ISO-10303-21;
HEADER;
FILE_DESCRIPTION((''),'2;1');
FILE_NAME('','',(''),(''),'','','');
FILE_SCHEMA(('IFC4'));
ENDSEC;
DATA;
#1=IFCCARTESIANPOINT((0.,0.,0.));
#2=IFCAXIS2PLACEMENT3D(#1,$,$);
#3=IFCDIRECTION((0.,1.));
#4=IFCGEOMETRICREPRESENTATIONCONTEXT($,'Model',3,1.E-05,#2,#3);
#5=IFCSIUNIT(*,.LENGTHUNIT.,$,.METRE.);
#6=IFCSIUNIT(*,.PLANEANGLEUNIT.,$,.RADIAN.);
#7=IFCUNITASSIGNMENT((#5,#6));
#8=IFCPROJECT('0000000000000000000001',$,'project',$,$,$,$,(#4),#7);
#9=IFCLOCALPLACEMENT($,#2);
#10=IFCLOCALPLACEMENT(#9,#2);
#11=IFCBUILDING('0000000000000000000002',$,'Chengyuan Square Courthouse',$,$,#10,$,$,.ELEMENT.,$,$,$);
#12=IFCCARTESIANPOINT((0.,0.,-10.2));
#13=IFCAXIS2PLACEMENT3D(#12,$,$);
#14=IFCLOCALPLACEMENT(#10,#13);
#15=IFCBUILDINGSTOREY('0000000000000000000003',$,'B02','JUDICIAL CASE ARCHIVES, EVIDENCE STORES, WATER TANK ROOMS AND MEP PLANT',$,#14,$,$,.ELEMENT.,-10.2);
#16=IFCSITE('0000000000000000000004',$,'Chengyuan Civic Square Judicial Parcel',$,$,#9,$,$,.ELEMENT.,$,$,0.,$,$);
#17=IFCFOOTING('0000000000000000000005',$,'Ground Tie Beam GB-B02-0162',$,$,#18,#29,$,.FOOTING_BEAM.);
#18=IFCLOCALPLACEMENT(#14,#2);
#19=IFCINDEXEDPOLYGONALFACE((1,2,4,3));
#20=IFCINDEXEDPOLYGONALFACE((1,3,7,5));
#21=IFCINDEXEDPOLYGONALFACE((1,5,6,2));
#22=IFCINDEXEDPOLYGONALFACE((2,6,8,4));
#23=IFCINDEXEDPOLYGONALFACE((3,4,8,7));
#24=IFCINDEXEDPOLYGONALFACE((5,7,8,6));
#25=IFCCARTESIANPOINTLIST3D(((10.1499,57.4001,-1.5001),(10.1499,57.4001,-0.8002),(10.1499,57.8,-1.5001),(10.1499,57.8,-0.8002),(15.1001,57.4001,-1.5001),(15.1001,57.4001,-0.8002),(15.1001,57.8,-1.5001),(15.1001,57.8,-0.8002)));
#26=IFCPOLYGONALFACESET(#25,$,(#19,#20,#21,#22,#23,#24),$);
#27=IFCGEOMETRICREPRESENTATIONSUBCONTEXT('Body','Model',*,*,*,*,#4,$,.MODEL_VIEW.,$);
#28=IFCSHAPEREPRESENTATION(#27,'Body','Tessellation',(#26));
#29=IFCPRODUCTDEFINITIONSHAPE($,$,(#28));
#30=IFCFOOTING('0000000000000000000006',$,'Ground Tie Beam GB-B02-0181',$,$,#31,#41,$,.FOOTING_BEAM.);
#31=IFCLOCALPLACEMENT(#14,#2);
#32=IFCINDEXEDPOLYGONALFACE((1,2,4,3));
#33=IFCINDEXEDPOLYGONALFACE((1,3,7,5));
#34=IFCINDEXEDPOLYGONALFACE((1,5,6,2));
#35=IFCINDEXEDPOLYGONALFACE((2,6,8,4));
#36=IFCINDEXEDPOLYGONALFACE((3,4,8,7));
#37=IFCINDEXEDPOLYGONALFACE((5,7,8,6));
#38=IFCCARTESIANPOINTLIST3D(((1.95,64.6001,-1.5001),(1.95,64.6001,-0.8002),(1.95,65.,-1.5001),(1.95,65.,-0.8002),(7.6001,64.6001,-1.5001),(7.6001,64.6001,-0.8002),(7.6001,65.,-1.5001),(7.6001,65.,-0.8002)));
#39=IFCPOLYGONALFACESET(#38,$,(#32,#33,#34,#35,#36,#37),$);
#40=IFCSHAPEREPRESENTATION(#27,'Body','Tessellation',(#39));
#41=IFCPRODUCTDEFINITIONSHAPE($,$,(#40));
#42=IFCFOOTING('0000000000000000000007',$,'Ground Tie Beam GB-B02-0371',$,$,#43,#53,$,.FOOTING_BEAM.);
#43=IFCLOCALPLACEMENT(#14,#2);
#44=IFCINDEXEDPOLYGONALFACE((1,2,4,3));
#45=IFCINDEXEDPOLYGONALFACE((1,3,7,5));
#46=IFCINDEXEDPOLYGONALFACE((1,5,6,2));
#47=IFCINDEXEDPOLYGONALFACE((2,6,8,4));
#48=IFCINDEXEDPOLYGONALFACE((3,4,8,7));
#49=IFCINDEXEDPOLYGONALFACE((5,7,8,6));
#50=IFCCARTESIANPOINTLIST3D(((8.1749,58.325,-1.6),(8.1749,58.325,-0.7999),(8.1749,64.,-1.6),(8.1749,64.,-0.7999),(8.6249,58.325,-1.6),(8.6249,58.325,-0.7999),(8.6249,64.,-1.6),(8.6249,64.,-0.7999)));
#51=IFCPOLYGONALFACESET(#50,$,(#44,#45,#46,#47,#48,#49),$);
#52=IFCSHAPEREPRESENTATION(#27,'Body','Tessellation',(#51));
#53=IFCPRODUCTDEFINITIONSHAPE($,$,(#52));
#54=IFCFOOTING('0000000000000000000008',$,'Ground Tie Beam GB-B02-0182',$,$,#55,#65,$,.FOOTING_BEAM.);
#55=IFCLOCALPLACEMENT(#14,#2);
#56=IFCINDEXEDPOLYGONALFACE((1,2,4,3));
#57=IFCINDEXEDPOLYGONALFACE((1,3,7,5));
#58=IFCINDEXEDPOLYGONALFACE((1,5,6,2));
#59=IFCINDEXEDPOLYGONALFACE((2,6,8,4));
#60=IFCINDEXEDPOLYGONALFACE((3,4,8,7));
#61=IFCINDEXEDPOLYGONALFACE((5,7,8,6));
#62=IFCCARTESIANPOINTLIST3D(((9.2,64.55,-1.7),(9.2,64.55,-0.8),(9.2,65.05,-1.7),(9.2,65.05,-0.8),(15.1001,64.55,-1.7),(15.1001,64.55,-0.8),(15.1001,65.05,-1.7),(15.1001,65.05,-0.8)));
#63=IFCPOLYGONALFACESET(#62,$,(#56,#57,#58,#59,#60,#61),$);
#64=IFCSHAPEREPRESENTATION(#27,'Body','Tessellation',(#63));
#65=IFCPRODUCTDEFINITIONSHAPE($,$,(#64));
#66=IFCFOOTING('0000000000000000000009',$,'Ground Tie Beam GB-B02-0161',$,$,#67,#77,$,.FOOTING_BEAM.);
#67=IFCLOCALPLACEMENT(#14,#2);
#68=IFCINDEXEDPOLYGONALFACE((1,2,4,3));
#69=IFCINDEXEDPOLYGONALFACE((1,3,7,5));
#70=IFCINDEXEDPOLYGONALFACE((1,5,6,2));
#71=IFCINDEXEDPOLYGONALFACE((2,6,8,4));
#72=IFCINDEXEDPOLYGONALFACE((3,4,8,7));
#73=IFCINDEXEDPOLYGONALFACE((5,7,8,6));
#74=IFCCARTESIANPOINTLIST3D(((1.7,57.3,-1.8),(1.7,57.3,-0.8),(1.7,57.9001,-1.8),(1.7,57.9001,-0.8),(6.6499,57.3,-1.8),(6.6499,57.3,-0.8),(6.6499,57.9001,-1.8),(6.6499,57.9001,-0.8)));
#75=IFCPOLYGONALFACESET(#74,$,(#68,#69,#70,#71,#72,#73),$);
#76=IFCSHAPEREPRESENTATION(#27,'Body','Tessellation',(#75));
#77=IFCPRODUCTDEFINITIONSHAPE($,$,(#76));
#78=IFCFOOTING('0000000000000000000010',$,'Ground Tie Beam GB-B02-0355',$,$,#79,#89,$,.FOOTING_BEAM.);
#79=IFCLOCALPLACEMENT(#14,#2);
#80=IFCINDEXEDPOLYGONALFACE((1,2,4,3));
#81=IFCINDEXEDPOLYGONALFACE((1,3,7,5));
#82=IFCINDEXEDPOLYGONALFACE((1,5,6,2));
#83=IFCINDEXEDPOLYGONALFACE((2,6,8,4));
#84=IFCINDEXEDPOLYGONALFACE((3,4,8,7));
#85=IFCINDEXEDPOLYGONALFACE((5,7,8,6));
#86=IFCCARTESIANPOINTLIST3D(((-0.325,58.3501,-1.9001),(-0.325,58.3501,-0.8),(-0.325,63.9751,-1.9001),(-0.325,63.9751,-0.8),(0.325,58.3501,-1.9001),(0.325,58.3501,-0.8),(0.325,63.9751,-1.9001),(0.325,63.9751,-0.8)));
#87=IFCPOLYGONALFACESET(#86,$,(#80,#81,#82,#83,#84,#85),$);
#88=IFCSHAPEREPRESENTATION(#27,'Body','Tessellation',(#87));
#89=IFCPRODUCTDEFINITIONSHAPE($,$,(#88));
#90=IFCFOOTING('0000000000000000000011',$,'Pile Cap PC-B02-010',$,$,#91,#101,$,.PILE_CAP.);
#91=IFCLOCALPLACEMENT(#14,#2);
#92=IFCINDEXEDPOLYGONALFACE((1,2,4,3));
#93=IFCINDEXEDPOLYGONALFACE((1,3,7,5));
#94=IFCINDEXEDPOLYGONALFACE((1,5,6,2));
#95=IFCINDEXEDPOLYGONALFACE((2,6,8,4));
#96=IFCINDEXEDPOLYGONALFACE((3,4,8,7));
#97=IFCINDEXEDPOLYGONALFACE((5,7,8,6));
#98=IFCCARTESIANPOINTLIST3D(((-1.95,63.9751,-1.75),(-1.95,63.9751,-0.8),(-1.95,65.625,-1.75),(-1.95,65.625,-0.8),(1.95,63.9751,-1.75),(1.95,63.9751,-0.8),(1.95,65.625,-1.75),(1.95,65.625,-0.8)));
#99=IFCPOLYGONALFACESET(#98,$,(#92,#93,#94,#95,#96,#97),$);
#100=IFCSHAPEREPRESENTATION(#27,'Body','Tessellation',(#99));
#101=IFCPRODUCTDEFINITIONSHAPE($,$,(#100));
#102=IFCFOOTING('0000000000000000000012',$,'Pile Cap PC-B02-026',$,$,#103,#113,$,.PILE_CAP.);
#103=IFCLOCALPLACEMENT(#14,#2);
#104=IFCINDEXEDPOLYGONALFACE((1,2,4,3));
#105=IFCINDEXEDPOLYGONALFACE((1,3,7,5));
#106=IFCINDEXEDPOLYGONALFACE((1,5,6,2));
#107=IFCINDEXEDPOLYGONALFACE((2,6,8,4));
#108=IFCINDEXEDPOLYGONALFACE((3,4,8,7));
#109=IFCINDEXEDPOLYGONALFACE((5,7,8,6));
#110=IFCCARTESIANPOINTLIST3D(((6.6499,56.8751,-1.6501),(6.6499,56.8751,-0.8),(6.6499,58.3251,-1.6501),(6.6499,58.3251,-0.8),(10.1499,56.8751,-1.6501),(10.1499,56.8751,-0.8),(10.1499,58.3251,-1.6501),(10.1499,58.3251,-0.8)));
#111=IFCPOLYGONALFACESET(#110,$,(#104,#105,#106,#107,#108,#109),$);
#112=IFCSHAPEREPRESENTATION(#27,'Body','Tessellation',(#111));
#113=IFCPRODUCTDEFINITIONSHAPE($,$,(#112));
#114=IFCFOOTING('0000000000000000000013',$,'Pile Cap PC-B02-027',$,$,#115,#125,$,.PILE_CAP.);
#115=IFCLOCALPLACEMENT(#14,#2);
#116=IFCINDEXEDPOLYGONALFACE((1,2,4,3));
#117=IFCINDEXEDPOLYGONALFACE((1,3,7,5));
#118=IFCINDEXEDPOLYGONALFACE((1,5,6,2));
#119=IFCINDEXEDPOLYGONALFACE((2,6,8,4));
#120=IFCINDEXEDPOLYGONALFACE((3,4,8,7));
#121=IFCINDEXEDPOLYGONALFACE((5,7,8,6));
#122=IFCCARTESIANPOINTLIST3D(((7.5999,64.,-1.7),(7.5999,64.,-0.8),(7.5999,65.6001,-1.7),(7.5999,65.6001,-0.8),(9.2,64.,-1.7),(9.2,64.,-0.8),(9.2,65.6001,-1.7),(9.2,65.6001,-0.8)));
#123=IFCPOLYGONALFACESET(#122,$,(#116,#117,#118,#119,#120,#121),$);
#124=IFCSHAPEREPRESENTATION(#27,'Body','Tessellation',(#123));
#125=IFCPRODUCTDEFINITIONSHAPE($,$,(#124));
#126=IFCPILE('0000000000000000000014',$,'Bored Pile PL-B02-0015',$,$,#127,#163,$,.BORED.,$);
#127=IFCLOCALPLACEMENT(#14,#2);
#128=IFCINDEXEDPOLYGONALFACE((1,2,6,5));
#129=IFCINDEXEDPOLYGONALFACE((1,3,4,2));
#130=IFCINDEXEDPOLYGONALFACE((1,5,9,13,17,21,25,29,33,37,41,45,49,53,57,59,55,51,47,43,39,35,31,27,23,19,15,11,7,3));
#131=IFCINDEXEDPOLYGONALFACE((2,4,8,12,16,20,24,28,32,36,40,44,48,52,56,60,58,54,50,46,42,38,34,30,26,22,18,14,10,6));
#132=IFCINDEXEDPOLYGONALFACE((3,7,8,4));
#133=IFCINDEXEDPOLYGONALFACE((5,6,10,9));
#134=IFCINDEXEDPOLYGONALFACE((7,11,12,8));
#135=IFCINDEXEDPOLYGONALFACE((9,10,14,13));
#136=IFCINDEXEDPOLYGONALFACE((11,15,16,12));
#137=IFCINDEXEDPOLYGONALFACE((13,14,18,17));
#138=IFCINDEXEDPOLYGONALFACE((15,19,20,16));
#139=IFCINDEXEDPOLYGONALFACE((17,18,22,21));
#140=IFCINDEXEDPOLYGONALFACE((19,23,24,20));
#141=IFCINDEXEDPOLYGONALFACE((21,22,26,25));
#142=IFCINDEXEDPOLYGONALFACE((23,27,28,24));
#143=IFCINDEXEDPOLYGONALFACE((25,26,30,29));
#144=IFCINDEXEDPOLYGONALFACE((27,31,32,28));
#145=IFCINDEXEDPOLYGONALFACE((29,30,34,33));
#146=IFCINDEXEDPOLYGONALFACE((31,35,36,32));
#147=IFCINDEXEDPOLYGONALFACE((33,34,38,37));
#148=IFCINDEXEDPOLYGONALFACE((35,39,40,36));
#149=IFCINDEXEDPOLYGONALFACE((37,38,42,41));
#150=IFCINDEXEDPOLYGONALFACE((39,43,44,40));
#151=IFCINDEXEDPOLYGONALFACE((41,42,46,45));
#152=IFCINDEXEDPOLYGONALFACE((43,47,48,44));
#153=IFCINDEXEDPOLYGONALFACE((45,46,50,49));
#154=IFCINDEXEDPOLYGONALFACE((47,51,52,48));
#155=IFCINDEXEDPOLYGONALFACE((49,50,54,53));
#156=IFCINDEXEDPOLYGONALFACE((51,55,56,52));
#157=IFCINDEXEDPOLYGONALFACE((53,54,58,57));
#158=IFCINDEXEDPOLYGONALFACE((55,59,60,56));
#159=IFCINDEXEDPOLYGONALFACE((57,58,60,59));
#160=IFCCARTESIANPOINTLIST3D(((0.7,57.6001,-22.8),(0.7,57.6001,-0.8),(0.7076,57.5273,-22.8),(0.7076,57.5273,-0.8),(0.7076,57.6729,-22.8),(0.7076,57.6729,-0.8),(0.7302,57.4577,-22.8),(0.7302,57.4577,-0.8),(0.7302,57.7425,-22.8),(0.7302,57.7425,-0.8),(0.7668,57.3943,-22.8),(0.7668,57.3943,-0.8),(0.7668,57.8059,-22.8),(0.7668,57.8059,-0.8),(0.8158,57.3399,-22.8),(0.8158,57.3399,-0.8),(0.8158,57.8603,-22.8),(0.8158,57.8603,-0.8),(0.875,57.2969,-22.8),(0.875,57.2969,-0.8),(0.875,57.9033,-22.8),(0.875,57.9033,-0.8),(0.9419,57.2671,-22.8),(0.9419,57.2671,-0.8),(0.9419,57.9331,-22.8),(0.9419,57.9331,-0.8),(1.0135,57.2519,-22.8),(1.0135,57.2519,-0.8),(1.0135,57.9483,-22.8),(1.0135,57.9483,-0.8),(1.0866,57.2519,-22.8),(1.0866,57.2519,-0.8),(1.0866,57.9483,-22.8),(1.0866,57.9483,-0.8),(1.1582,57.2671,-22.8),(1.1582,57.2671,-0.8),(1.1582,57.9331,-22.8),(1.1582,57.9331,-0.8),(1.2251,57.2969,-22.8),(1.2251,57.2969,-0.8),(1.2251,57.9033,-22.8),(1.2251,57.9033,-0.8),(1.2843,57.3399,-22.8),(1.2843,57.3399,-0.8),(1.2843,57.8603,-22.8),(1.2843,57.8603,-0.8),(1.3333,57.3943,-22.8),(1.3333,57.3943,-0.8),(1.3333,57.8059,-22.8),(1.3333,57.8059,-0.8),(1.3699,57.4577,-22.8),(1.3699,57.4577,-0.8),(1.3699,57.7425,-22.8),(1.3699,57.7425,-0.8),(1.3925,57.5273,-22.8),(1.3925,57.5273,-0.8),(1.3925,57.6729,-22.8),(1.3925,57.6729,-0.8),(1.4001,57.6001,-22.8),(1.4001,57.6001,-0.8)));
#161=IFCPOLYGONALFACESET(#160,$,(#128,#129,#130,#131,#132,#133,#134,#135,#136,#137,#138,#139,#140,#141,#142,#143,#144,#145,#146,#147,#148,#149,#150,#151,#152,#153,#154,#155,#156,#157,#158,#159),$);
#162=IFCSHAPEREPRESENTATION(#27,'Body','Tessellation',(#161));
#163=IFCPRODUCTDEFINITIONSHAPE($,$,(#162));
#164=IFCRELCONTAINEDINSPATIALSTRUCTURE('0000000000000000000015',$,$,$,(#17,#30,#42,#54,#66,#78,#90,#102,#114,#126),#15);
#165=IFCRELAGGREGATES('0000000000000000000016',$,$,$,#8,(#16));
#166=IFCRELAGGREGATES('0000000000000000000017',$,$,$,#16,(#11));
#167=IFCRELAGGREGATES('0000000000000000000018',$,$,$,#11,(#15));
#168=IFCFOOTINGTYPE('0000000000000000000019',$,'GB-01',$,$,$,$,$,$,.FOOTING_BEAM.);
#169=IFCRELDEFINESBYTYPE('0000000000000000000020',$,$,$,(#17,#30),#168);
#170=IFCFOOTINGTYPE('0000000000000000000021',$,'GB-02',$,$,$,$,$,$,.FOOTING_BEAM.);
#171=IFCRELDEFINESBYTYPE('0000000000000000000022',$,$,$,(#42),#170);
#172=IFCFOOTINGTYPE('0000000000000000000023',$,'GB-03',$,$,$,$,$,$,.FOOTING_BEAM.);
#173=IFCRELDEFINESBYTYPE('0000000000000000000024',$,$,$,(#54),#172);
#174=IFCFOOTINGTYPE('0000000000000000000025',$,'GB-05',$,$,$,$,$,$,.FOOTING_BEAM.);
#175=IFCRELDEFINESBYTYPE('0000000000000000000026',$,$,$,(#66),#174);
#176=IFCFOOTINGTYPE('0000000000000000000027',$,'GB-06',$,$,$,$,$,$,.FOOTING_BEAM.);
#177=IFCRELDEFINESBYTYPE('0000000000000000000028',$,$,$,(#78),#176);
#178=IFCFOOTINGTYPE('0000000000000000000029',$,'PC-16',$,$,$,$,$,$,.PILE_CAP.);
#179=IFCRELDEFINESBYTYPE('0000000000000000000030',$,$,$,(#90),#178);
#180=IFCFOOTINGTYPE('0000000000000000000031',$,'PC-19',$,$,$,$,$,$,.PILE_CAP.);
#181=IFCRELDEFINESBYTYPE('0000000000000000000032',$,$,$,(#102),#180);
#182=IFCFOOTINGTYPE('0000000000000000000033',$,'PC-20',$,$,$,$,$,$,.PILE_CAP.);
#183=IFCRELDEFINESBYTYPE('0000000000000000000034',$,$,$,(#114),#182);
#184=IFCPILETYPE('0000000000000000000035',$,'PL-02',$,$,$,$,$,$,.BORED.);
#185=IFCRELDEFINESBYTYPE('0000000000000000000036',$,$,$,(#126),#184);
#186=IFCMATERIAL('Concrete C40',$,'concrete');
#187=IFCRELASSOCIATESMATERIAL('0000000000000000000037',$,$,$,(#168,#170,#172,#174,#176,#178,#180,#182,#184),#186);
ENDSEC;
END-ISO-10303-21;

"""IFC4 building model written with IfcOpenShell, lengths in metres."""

from ifc_helpers import new_model, si_unit, direction, frame, origin, origin_2d, place, context, subcontext, project, spatial, rectangle, circle, extrude, material, material_profile, profile_set, type_object, element, save


model = new_model("IFC4")

# Units and contexts
model_context = context("Model", 3, precision=1e-05, world=origin(), true_north=direction((0.0, 1.0)))
body_context = subcontext(model_context, "Body", "Model", "MODEL_VIEW")
ifc_project = project(units=[si_unit("LENGTHUNIT", "METRE"), si_unit("PLANEANGLEUNIT", "RADIAN")], contexts=[model_context])

# Site, building, storey
site_placement = place(None, origin())
site = spatial("IfcSite", under=ifc_project, at=site_placement, Name="Chengyuan Civic Square Judicial Parcel", CompositionType="ELEMENT", RefElevation=0.0)
building_placement = place(site_placement, origin())
building = spatial("IfcBuilding", under=site, at=building_placement, Name="Chengyuan Square Courthouse", CompositionType="ELEMENT")
storey_placement = place(building_placement, frame((0.0, 0.0, -10.2)))
storey = spatial("IfcBuildingStorey", under=building, at=storey_placement, Name="B02", Description="JUDICIAL CASE ARCHIVES, EVIDENCE STORES, WATER TANK ROOMS AND MEP PLANT", CompositionType="ELEMENT", Elevation=-10.2)

# Footings
ifc_material_1 = material(Name="Concrete C40", Category="concrete")
ifc_material_profile_1 = material_profile(ifc_material_1, rectangle(XDim=0.3999, YDim=0.7, at=origin_2d()), Name="GB-400x700")
ifc_profile_set_1 = profile_set([ifc_material_profile_1], Name="Concrete C40")
footing_type_1 = type_object("IfcFootingType", Name="GB-01", PredefinedType="FOOTING_BEAM", material=ifc_profile_set_1)
footing_1_placement = place(storey_placement, frame((10.1499, 57.6001, -1.1501), z_axis=(1.0, 0.0, 0.0), x_axis=(0.0, 1.0, 0.0)))
element("IfcFooting", 1, at=footing_1_placement, inside=storey, type_object=footing_type_1, Name="Ground Tie Beam GB-B02-0162", PredefinedType="FOOTING_BEAM", context=body_context, shape_type="SweptSolid", body=[
    extrude(rectangle(XDim=0.3999, YDim=0.7, at=origin_2d()), origin(), (0.0, 0.0, 1.0), 4.9502),
])
footing_2_placement = place(storey_placement, frame((1.95, 64.8, -1.1501), z_axis=(1.0, 0.0, 0.0), x_axis=(0.0, 1.0, 0.0)))
element("IfcFooting", 2, at=footing_2_placement, inside=storey, type_object=footing_type_1, Name="Ground Tie Beam GB-B02-0181", PredefinedType="FOOTING_BEAM", context=body_context, shape_type="SweptSolid", body=[
    extrude(rectangle(XDim=0.3999, YDim=0.7, at=origin_2d()), origin(), (0.0, 0.0, 1.0), 5.6501),
])
ifc_material_profile_2 = material_profile(ifc_material_1, rectangle(XDim=0.45, YDim=0.8, at=origin_2d()), Name="GB-450x800")
ifc_profile_set_2 = profile_set([ifc_material_profile_2], Name="Concrete C40")
footing_type_2 = type_object("IfcFootingType", Name="GB-02", PredefinedType="FOOTING_BEAM", material=ifc_profile_set_2)
footing_3_placement = place(storey_placement, frame((8.3999, 58.325, -1.2), z_axis=(0.0, 1.0, 0.0), x_axis=(-1.0, 0.0, 0.0)))
element("IfcFooting", 3, at=footing_3_placement, inside=storey, type_object=footing_type_2, Name="Ground Tie Beam GB-B02-0371", PredefinedType="FOOTING_BEAM", context=body_context, shape_type="SweptSolid", body=[
    extrude(rectangle(XDim=0.45, YDim=0.8, at=origin_2d()), origin(), (0.0, 0.0, 1.0), 5.675),
])
ifc_material_profile_3 = material_profile(ifc_material_1, rectangle(XDim=0.5, YDim=0.8999, at=origin_2d()), Name="GB-500x900")
ifc_profile_set_3 = profile_set([ifc_material_profile_3], Name="Concrete C40")
footing_type_3 = type_object("IfcFootingType", Name="GB-03", PredefinedType="FOOTING_BEAM", material=ifc_profile_set_3)
footing_4_placement = place(storey_placement, frame((9.2, 64.8, -1.25), z_axis=(1.0, 0.0, 0.0), x_axis=(0.0, 1.0, 0.0)))
element("IfcFooting", 4, at=footing_4_placement, inside=storey, type_object=footing_type_3, Name="Ground Tie Beam GB-B02-0182", PredefinedType="FOOTING_BEAM", context=body_context, shape_type="SweptSolid", body=[
    extrude(rectangle(XDim=0.5, YDim=0.8999, at=origin_2d()), origin(), (0.0, 0.0, 1.0), 5.9001),
])
ifc_material_profile_4 = material_profile(ifc_material_1, rectangle(XDim=0.6001, YDim=1.0, at=origin_2d()), Name="GB-600x1000")
ifc_profile_set_4 = profile_set([ifc_material_profile_4], Name="Concrete C40")
footing_type_4 = type_object("IfcFootingType", Name="GB-05", PredefinedType="FOOTING_BEAM", material=ifc_profile_set_4)
footing_5_placement = place(storey_placement, frame((1.7, 57.6001, -1.3), z_axis=(1.0, 0.0, 0.0), x_axis=(0.0, 1.0, 0.0)))
element("IfcFooting", 5, at=footing_5_placement, inside=storey, type_object=footing_type_4, Name="Ground Tie Beam GB-B02-0161", PredefinedType="FOOTING_BEAM", context=body_context, shape_type="SweptSolid", body=[
    extrude(rectangle(XDim=0.6001, YDim=1.0, at=origin_2d()), origin(), (0.0, 0.0, 1.0), 4.95),
])
ifc_material_profile_5 = material_profile(ifc_material_1, rectangle(XDim=0.6499, YDim=1.1001, at=origin_2d()), Name="GB-650x1100")
ifc_profile_set_5 = profile_set([ifc_material_profile_5], Name="Concrete C40")
footing_type_5 = type_object("IfcFootingType", Name="GB-06", PredefinedType="FOOTING_BEAM", material=ifc_profile_set_5)
footing_6_placement = place(storey_placement, frame((0.0, 58.3501, -1.3501), z_axis=(0.0, 1.0, 0.0), x_axis=(-1.0, 0.0, 0.0)))
element("IfcFooting", 6, at=footing_6_placement, inside=storey, type_object=footing_type_5, Name="Ground Tie Beam GB-B02-0355", PredefinedType="FOOTING_BEAM", context=body_context, shape_type="SweptSolid", body=[
    extrude(rectangle(XDim=0.6499, YDim=1.1001, at=origin_2d()), origin(), (0.0, 0.0, 1.0), 5.625),
])
footing_type_6 = type_object("IfcFootingType", Name="PC-16", PredefinedType="PILE_CAP", material=ifc_material_1)
footing_7_placement = place(storey_placement, frame((0.0, 64.8, -1.75), z_axis=(0.0, 0.0, 1.0), x_axis=(1.0, 0.0, 0.0)))
element("IfcFooting", 7, at=footing_7_placement, inside=storey, type_object=footing_type_6, Name="Pile Cap PC-B02-010", PredefinedType="PILE_CAP", context=body_context, shape_type="SweptSolid", body=[
    extrude(rectangle(XDim=3.8999, YDim=1.6499, at=origin_2d()), origin(), (0.0, 0.0, 1.0), 0.95),
])
footing_type_7 = type_object("IfcFootingType", Name="PC-19", PredefinedType="PILE_CAP", material=ifc_material_1)
footing_8_placement = place(storey_placement, frame((8.3999, 57.6001, -1.6501), z_axis=(0.0, 0.0, 1.0), x_axis=(1.0, 0.0, 0.0)))
element("IfcFooting", 8, at=footing_8_placement, inside=storey, type_object=footing_type_7, Name="Pile Cap PC-B02-026", PredefinedType="PILE_CAP", context=body_context, shape_type="SweptSolid", body=[
    extrude(rectangle(XDim=3.5, YDim=1.45, at=origin_2d()), origin(), (0.0, 0.0, 1.0), 0.8501),
])
footing_type_8 = type_object("IfcFootingType", Name="PC-20", PredefinedType="PILE_CAP", material=ifc_material_1)
footing_9_placement = place(storey_placement, frame((8.3999, 64.8, -1.7), z_axis=(0.0, 0.0, 1.0), x_axis=(1.0, 0.0, 0.0)))
element("IfcFooting", 9, at=footing_9_placement, inside=storey, type_object=footing_type_8, Name="Pile Cap PC-B02-027", PredefinedType="PILE_CAP", context=body_context, shape_type="SweptSolid", body=[
    extrude(rectangle(XDim=1.6001, YDim=1.6001, at=origin_2d()), origin(), (0.0, 0.0, 1.0), 0.8999),
])

# Pile
ifc_material_profile_6 = material_profile(ifc_material_1, circle(Radius=0.3501, at=origin_2d()), Name="BORED PILE D700")
ifc_profile_set_6 = profile_set([ifc_material_profile_6], Name="Concrete C40")
pile_type_1 = type_object("IfcPileType", Name="PL-02", PredefinedType="BORED", material=ifc_profile_set_6)
for number, where, z_axis, x_axis, name in (
    (10, (1.05, 57.6001, -0.8), (0.0, 0.0, -1.0), (1.0, 0.0, 0.0), "Bored Pile PL-B02-0015"),
):
    element("IfcPile", number, at=place(storey_placement, frame(where, z_axis=z_axis, x_axis=x_axis)), inside=storey, type_object=pile_type_1, Name=name, PredefinedType="BORED", context=body_context, shape_type="SweptSolid", body=[
        extrude(circle(Radius=0.3501, at=origin_2d()), origin(), (0.0, 0.0, 1.0), 22.0),
    ])

save(model, "model.ifc")
